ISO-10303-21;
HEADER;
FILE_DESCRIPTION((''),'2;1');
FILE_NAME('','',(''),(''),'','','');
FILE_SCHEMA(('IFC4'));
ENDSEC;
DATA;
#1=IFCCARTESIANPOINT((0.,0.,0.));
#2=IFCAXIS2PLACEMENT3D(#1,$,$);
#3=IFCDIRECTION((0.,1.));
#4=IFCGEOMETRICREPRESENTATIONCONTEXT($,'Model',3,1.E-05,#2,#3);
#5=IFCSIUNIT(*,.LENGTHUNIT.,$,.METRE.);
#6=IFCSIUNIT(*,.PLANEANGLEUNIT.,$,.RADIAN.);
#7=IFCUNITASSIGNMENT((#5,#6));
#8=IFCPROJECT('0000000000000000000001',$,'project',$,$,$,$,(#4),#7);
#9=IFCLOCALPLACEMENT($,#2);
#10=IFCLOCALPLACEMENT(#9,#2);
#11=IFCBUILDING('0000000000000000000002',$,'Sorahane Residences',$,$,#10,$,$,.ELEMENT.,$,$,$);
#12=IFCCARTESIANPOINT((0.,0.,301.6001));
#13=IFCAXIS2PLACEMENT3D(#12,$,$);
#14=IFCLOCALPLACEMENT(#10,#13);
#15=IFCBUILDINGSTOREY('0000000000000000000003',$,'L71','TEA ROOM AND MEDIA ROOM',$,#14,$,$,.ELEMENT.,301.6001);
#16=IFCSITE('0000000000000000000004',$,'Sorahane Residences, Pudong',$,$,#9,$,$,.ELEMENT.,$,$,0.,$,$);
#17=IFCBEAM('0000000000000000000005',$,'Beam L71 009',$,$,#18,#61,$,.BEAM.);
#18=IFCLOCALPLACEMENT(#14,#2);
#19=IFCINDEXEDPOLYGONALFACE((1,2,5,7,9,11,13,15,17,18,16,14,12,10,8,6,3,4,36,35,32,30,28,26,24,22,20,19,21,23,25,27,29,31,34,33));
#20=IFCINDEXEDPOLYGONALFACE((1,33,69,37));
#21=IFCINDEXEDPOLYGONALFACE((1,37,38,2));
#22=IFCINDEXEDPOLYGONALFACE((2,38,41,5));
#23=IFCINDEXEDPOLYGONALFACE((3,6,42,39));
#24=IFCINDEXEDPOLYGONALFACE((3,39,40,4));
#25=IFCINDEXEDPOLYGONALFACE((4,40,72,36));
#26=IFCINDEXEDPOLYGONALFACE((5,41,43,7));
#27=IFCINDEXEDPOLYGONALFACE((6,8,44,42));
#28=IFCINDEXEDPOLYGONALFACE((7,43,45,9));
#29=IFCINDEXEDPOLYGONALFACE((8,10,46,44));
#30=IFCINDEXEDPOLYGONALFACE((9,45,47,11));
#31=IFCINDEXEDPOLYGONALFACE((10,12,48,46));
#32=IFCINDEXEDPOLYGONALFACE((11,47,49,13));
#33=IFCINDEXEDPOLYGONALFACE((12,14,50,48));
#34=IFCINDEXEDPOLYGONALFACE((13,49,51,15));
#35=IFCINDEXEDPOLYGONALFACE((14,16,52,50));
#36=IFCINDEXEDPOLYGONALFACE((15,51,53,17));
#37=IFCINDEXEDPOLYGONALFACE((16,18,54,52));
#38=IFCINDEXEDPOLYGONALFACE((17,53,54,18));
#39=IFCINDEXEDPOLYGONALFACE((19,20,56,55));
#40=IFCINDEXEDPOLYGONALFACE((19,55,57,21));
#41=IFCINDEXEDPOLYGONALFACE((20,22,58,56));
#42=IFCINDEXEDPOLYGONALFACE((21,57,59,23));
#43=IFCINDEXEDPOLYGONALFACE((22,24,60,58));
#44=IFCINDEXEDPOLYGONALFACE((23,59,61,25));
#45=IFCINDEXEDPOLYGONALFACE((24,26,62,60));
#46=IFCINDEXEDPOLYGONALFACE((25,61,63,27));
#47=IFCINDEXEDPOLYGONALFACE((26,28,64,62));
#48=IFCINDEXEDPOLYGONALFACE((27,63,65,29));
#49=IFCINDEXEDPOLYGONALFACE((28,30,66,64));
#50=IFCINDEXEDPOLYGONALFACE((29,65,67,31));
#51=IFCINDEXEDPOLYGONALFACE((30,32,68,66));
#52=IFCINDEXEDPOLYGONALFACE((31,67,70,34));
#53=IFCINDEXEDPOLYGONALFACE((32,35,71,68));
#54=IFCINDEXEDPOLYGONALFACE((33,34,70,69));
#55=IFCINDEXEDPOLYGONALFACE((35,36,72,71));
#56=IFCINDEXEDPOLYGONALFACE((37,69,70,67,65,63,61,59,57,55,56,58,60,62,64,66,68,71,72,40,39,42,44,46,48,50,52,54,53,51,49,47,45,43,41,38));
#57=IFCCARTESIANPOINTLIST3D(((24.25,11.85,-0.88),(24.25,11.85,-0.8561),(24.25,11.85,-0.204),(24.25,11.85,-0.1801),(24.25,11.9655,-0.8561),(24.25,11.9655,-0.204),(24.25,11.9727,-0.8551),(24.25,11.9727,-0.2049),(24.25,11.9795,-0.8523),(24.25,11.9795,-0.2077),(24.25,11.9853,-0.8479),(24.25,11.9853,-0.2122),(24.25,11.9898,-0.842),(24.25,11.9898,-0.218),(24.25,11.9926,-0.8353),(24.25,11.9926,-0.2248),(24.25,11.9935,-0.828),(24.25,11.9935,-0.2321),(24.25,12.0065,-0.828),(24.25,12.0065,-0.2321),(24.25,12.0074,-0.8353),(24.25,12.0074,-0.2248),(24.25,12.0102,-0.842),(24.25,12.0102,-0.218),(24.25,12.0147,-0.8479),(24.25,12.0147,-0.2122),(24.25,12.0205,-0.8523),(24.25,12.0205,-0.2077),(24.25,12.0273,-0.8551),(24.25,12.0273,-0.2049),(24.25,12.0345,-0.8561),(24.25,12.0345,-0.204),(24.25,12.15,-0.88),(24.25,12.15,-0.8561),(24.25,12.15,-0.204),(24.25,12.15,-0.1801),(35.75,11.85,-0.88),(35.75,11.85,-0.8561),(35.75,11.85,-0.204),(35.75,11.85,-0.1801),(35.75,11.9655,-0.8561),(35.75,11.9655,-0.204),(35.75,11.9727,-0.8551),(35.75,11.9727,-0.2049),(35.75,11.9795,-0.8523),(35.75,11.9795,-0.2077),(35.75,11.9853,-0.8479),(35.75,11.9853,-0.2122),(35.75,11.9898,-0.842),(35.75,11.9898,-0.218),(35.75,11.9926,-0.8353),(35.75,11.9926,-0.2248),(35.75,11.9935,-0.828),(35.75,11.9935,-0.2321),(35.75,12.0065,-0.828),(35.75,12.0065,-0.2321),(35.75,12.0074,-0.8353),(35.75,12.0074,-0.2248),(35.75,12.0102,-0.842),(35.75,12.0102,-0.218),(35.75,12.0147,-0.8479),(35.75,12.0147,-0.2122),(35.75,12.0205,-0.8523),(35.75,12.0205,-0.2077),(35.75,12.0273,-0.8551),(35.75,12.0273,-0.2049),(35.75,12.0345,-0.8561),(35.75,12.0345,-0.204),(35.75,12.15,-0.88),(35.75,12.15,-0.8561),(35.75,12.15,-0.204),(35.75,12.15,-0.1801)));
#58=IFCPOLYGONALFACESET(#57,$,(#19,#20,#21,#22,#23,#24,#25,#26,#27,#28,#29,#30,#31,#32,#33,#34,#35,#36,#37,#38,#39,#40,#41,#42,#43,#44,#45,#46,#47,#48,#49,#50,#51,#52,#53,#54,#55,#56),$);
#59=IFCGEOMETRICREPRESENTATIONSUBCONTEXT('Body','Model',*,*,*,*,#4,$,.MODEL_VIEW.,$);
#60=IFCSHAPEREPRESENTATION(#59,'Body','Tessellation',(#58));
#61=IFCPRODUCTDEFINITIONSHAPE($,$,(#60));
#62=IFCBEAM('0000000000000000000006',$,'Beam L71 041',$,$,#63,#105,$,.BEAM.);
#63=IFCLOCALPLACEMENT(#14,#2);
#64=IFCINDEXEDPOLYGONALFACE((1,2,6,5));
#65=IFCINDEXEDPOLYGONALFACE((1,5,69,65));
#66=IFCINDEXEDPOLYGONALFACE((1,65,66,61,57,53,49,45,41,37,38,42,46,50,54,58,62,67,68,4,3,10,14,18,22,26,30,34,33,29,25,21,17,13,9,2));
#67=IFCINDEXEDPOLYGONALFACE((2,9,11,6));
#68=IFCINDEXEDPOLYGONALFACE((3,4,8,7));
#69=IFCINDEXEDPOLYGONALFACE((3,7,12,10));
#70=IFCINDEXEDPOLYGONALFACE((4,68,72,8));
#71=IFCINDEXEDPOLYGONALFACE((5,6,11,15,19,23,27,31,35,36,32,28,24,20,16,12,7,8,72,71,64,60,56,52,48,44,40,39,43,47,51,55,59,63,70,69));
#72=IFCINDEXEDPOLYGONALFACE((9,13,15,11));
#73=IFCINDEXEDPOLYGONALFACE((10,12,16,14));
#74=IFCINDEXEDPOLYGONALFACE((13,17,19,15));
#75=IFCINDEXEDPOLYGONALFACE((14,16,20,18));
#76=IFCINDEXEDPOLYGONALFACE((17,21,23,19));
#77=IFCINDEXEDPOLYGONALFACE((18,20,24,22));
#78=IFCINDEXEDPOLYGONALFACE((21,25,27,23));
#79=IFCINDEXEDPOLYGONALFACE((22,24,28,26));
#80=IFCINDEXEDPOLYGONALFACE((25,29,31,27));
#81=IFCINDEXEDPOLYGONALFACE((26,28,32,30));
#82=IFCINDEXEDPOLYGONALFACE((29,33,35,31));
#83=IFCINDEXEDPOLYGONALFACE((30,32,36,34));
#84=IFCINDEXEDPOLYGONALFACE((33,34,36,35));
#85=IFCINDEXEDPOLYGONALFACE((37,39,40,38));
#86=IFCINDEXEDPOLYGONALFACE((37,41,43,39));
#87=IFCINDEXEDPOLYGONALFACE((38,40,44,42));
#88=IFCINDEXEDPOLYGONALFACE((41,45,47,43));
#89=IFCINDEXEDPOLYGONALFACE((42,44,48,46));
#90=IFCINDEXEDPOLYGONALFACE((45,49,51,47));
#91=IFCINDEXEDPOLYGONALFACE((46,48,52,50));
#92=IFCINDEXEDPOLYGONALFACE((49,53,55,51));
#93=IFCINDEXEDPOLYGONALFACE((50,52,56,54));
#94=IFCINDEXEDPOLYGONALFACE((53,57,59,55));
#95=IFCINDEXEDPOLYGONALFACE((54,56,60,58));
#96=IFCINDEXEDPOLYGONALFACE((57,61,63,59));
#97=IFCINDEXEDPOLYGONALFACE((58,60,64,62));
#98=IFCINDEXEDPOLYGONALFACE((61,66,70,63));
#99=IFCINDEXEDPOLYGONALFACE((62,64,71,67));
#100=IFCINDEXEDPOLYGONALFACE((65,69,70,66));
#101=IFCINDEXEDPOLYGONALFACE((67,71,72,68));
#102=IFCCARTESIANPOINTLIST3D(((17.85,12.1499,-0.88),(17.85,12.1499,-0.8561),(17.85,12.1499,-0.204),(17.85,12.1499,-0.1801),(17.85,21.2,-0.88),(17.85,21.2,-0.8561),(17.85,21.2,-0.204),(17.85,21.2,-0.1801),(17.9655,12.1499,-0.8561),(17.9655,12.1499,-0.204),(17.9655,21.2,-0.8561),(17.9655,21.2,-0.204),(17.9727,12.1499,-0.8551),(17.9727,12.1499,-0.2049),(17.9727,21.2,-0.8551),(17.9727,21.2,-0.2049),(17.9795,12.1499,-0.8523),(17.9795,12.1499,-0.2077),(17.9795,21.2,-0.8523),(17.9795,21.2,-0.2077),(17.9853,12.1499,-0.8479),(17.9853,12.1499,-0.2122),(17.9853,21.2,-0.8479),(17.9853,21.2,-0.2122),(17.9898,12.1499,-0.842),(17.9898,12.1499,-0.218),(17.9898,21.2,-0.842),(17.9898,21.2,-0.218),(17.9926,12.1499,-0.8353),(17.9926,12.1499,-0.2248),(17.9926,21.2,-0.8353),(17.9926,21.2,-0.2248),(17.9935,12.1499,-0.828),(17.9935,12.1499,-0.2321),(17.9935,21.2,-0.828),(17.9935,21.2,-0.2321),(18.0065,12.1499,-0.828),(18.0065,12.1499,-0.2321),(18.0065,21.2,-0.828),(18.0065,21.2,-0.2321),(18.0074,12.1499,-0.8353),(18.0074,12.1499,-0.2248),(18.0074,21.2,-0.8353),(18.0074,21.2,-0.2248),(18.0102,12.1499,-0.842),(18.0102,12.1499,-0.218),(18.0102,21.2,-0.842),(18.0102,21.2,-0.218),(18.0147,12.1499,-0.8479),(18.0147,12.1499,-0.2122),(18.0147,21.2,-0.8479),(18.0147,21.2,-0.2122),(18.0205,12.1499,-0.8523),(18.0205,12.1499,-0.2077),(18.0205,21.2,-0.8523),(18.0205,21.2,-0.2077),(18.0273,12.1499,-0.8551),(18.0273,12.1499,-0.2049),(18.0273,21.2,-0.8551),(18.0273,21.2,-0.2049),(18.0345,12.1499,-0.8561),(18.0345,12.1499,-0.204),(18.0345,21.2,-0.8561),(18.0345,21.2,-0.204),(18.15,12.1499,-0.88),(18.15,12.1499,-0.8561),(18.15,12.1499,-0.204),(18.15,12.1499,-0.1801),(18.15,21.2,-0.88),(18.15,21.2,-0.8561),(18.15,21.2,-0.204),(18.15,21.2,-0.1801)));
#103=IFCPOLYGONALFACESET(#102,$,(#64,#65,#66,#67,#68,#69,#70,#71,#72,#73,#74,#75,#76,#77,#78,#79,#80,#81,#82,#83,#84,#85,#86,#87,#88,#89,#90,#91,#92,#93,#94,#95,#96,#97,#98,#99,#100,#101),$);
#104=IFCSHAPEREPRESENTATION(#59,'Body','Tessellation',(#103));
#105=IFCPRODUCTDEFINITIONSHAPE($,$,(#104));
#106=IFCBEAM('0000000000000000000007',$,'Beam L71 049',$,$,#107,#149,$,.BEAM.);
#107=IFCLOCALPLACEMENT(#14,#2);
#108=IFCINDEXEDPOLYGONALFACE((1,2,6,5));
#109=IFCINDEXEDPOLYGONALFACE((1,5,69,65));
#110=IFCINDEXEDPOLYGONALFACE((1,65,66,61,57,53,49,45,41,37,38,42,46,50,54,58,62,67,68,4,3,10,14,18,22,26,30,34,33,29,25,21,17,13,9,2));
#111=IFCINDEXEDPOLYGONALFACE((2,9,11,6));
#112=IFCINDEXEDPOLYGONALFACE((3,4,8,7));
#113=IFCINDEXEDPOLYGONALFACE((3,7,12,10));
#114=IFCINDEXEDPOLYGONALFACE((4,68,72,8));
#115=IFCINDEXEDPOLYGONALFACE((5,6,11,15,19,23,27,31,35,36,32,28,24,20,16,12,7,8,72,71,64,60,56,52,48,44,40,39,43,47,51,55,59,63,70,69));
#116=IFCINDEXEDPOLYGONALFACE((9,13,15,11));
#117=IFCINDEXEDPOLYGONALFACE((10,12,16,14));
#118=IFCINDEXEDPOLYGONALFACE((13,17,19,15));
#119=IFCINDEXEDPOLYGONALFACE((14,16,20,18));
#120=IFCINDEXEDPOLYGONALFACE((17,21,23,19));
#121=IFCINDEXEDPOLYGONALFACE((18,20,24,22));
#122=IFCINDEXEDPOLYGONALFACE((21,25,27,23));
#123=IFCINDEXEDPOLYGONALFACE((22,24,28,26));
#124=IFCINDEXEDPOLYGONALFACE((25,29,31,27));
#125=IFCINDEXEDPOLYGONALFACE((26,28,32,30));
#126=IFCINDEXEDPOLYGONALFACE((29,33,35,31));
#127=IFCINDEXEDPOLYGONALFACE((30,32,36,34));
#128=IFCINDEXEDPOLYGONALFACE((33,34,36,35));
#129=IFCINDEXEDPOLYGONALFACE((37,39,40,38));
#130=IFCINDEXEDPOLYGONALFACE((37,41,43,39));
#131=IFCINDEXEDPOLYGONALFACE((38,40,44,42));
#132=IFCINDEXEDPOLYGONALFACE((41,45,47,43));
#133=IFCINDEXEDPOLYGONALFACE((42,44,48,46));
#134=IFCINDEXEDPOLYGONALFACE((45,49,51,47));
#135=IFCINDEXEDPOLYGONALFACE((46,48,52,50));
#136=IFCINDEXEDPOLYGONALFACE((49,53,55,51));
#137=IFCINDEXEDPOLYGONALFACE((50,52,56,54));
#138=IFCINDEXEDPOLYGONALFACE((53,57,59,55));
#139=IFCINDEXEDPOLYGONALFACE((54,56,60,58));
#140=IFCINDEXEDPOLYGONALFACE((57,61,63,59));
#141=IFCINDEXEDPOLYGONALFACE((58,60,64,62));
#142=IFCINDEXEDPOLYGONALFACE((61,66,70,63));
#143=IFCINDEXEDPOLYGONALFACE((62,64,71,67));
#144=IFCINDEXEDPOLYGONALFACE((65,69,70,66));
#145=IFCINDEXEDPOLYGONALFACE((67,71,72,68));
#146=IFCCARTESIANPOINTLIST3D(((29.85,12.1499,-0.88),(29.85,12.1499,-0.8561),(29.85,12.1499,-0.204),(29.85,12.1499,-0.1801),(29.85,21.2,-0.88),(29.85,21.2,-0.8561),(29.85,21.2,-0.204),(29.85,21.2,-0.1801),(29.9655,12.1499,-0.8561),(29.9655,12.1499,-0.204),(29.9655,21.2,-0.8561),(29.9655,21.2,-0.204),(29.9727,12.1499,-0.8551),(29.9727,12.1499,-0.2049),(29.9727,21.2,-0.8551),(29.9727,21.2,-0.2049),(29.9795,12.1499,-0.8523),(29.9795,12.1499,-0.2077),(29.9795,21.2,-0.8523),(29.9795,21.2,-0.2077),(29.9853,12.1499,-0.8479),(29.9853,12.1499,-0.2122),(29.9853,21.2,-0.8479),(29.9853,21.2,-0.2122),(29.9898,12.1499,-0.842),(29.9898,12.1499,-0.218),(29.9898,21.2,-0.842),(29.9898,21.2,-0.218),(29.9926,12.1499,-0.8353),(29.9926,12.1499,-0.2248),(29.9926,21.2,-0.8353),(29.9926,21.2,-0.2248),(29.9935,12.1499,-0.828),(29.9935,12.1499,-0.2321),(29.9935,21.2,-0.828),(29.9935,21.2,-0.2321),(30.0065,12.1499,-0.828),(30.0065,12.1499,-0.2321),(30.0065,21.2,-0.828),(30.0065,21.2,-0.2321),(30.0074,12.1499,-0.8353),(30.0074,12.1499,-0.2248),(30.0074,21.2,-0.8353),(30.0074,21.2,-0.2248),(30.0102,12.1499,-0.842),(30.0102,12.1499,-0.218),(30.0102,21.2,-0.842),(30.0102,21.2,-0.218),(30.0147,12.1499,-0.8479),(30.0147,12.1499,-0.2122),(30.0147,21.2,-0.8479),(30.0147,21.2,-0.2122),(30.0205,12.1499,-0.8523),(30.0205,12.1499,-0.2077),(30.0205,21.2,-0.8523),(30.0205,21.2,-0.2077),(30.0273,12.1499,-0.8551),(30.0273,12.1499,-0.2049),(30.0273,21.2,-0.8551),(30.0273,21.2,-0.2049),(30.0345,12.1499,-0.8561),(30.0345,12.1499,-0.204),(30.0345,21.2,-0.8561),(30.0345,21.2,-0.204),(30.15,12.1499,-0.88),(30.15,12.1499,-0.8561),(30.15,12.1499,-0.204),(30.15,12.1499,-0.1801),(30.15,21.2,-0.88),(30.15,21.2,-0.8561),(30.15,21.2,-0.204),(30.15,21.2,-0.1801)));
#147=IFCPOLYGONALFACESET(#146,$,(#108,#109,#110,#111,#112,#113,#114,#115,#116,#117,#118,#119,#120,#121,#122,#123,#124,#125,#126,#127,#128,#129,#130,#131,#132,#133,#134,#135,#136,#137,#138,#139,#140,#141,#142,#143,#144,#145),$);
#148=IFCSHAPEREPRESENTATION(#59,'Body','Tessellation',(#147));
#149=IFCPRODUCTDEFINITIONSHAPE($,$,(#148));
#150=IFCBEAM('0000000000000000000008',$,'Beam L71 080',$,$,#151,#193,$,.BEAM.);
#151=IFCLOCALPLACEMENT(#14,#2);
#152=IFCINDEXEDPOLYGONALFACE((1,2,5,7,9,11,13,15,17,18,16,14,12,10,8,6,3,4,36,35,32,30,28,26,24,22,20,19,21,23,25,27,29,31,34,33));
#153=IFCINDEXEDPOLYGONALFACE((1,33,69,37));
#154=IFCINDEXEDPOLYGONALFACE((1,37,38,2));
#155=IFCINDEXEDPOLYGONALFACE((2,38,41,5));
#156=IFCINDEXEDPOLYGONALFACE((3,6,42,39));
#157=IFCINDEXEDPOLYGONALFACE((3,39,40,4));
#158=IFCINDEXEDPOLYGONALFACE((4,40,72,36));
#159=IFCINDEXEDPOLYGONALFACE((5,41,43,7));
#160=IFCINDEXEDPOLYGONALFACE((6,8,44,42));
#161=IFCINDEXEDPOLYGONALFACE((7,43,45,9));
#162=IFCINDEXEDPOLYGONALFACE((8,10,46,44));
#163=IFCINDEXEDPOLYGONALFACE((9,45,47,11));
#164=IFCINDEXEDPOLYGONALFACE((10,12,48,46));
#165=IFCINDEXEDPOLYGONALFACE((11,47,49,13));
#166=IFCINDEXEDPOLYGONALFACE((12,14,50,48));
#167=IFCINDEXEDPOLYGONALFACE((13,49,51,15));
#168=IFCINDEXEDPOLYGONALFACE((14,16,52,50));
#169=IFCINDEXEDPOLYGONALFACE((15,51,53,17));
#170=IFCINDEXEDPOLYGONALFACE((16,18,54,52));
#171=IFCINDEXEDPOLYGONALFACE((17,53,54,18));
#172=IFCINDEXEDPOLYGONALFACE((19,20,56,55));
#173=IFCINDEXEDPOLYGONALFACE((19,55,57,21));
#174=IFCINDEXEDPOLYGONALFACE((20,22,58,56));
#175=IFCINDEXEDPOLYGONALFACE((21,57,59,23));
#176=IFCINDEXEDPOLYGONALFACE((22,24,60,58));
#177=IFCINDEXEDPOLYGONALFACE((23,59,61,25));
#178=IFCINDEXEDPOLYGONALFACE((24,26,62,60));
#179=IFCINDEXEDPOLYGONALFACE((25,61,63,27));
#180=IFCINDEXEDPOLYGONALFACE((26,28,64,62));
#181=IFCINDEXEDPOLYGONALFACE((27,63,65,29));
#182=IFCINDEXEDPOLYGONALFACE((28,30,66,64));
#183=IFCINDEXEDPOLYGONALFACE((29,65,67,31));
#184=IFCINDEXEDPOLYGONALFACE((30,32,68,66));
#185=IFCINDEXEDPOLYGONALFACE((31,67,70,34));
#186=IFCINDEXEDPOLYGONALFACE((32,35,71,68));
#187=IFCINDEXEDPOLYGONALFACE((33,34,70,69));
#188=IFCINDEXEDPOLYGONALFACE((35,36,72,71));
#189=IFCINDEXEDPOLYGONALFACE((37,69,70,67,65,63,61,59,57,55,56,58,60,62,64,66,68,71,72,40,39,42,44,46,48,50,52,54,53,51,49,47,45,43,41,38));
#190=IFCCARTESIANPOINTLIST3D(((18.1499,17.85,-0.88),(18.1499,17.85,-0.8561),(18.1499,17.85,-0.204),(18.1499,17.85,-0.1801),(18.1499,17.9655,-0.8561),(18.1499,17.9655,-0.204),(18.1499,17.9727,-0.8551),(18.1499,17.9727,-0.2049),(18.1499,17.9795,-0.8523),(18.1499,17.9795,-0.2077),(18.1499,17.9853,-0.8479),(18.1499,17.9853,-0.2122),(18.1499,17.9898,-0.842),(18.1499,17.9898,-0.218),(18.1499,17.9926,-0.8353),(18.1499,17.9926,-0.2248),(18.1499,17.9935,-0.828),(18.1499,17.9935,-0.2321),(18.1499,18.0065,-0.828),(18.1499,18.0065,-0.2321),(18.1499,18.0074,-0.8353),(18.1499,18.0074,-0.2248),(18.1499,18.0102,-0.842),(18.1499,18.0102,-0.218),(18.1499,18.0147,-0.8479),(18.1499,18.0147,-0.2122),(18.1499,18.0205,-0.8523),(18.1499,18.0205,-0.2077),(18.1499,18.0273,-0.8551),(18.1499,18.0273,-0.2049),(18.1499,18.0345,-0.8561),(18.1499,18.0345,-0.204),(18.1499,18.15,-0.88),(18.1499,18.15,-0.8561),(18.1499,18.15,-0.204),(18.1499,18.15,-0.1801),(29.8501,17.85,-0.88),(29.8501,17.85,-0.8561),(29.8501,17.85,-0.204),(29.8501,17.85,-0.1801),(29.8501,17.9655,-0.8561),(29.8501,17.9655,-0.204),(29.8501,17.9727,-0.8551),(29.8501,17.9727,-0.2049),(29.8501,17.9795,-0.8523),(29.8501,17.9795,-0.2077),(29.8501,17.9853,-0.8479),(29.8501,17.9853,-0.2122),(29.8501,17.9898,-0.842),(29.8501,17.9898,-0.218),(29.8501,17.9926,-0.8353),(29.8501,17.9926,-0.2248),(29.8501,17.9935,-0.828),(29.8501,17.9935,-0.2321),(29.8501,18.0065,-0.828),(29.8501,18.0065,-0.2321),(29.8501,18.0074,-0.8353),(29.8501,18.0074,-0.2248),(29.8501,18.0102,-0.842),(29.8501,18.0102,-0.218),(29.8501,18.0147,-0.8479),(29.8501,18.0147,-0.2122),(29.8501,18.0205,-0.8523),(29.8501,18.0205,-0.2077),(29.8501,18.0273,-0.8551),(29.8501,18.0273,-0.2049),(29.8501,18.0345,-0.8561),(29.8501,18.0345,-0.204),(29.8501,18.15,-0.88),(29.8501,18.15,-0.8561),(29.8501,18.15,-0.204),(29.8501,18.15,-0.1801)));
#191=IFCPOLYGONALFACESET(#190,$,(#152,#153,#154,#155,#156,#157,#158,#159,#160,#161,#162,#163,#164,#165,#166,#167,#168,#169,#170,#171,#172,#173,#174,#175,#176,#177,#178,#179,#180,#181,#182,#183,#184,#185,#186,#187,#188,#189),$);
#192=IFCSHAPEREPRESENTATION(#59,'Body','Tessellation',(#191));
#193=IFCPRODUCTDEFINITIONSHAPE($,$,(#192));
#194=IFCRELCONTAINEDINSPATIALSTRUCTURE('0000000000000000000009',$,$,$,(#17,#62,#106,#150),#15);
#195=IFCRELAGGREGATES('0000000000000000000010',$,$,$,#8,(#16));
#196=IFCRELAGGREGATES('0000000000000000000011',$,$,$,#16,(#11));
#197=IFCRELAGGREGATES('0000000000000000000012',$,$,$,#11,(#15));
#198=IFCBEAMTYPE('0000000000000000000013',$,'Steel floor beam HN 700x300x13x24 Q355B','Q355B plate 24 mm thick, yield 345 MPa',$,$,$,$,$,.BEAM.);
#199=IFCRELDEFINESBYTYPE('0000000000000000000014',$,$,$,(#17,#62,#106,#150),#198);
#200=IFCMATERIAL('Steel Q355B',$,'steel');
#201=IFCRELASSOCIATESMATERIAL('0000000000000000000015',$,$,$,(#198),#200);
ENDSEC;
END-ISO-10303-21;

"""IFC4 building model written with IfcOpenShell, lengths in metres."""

from ifc_helpers import new_model, si_unit, direction, frame, origin, origin_2d, place, context, subcontext, project, spatial, i_section, extrude, material, material_profile, profile_set, type_object, element, save


model = new_model("IFC4")

# Units and contexts
model_context = context("Model", 3, precision=1e-05, world=origin(), true_north=direction((0.0, 1.0)))
body_context = subcontext(model_context, "Body", "Model", "MODEL_VIEW")
ifc_project = project(units=[si_unit("LENGTHUNIT", "METRE"), si_unit("PLANEANGLEUNIT", "RADIAN")], contexts=[model_context])

# Site, building, storey
site_placement = place(None, origin())
site = spatial("IfcSite", under=ifc_project, at=site_placement, Name="Sorahane Residences, Pudong", CompositionType="ELEMENT", RefElevation=0.0)
building_placement = place(site_placement, origin())
building = spatial("IfcBuilding", under=site, at=building_placement, Name="Sorahane Residences", CompositionType="ELEMENT")
storey_placement = place(building_placement, frame((0.0, 0.0, 301.6001)))
storey = spatial("IfcBuildingStorey", under=building, at=storey_placement, Name="L71", Description="TEA ROOM AND MEDIA ROOM", CompositionType="ELEMENT", Elevation=301.6001)

# Beams
ifc_material_1 = material(Name="Steel Q355B", Category="steel")
ifc_material_profile_1 = material_profile(ifc_material_1, i_section(OverallWidth=0.3, OverallDepth=0.7, WebThickness=0.0129, FlangeThickness=0.0239, FilletRadius=0.0281, at=origin_2d()), Name="HN 700x300x13x24")
ifc_profile_set_1 = profile_set([ifc_material_profile_1], Name="Steel Q355B")
beam_type_1 = type_object("IfcBeamType", Name="Steel floor beam HN 700x300x13x24 Q355B", Description="Q355B plate 24 mm thick, yield 345 MPa", PredefinedType="BEAM", material=ifc_profile_set_1)
beam_placement = place(storey_placement, frame((24.25, 12.0, -0.53), z_axis=(1.0, 0.0, 0.0), x_axis=(0.0, 1.0, 0.0)))
element("IfcBeam", 1, at=beam_placement, inside=storey, type_object=beam_type_1, Name="Beam L71 009", PredefinedType="BEAM", context=body_context, shape_type="SweptSolid", body=[
    extrude(i_section(OverallWidth=0.3, OverallDepth=0.7, WebThickness=0.0129, FlangeThickness=0.0239, FilletRadius=0.0281, at=origin_2d()), origin(), (0.0, 0.0, 1.0), 11.5),
])
for number, where, z_axis, x_axis, name in (
    (2, (18.0, 12.1499, -0.53), (0.0, 1.0, 0.0), (-1.0, 0.0, 0.0), "Beam L71 041"),
    (3, (30.0, 12.1499, -0.53), (0.0, 1.0, 0.0), (-1.0, 0.0, 0.0), "Beam L71 049"),
):
    element("IfcBeam", number, at=place(storey_placement, frame(where, z_axis=z_axis, x_axis=x_axis)), inside=storey, type_object=beam_type_1, Name=name, PredefinedType="BEAM", context=body_context, shape_type="SweptSolid", body=[
        extrude(i_section(OverallWidth=0.3, OverallDepth=0.7, WebThickness=0.0129, FlangeThickness=0.0239, FilletRadius=0.0281, at=origin_2d()), origin(), (0.0, 0.0, 1.0), 9.05),
    ])
for number, where, z_axis, x_axis, name in (
    (4, (18.1499, 18.0, -0.53), (1.0, 0.0, 0.0), (0.0, 1.0, 0.0), "Beam L71 080"),
):
    element("IfcBeam", number, at=place(storey_placement, frame(where, z_axis=z_axis, x_axis=x_axis)), inside=storey, type_object=beam_type_1, Name=name, PredefinedType="BEAM", context=body_context, shape_type="SweptSolid", body=[
        extrude(i_section(OverallWidth=0.3, OverallDepth=0.7, WebThickness=0.0129, FlangeThickness=0.0239, FilletRadius=0.0281, at=origin_2d()), origin(), (0.0, 0.0, 1.0), 11.7002),
    ])

save(model, "model.ifc")
